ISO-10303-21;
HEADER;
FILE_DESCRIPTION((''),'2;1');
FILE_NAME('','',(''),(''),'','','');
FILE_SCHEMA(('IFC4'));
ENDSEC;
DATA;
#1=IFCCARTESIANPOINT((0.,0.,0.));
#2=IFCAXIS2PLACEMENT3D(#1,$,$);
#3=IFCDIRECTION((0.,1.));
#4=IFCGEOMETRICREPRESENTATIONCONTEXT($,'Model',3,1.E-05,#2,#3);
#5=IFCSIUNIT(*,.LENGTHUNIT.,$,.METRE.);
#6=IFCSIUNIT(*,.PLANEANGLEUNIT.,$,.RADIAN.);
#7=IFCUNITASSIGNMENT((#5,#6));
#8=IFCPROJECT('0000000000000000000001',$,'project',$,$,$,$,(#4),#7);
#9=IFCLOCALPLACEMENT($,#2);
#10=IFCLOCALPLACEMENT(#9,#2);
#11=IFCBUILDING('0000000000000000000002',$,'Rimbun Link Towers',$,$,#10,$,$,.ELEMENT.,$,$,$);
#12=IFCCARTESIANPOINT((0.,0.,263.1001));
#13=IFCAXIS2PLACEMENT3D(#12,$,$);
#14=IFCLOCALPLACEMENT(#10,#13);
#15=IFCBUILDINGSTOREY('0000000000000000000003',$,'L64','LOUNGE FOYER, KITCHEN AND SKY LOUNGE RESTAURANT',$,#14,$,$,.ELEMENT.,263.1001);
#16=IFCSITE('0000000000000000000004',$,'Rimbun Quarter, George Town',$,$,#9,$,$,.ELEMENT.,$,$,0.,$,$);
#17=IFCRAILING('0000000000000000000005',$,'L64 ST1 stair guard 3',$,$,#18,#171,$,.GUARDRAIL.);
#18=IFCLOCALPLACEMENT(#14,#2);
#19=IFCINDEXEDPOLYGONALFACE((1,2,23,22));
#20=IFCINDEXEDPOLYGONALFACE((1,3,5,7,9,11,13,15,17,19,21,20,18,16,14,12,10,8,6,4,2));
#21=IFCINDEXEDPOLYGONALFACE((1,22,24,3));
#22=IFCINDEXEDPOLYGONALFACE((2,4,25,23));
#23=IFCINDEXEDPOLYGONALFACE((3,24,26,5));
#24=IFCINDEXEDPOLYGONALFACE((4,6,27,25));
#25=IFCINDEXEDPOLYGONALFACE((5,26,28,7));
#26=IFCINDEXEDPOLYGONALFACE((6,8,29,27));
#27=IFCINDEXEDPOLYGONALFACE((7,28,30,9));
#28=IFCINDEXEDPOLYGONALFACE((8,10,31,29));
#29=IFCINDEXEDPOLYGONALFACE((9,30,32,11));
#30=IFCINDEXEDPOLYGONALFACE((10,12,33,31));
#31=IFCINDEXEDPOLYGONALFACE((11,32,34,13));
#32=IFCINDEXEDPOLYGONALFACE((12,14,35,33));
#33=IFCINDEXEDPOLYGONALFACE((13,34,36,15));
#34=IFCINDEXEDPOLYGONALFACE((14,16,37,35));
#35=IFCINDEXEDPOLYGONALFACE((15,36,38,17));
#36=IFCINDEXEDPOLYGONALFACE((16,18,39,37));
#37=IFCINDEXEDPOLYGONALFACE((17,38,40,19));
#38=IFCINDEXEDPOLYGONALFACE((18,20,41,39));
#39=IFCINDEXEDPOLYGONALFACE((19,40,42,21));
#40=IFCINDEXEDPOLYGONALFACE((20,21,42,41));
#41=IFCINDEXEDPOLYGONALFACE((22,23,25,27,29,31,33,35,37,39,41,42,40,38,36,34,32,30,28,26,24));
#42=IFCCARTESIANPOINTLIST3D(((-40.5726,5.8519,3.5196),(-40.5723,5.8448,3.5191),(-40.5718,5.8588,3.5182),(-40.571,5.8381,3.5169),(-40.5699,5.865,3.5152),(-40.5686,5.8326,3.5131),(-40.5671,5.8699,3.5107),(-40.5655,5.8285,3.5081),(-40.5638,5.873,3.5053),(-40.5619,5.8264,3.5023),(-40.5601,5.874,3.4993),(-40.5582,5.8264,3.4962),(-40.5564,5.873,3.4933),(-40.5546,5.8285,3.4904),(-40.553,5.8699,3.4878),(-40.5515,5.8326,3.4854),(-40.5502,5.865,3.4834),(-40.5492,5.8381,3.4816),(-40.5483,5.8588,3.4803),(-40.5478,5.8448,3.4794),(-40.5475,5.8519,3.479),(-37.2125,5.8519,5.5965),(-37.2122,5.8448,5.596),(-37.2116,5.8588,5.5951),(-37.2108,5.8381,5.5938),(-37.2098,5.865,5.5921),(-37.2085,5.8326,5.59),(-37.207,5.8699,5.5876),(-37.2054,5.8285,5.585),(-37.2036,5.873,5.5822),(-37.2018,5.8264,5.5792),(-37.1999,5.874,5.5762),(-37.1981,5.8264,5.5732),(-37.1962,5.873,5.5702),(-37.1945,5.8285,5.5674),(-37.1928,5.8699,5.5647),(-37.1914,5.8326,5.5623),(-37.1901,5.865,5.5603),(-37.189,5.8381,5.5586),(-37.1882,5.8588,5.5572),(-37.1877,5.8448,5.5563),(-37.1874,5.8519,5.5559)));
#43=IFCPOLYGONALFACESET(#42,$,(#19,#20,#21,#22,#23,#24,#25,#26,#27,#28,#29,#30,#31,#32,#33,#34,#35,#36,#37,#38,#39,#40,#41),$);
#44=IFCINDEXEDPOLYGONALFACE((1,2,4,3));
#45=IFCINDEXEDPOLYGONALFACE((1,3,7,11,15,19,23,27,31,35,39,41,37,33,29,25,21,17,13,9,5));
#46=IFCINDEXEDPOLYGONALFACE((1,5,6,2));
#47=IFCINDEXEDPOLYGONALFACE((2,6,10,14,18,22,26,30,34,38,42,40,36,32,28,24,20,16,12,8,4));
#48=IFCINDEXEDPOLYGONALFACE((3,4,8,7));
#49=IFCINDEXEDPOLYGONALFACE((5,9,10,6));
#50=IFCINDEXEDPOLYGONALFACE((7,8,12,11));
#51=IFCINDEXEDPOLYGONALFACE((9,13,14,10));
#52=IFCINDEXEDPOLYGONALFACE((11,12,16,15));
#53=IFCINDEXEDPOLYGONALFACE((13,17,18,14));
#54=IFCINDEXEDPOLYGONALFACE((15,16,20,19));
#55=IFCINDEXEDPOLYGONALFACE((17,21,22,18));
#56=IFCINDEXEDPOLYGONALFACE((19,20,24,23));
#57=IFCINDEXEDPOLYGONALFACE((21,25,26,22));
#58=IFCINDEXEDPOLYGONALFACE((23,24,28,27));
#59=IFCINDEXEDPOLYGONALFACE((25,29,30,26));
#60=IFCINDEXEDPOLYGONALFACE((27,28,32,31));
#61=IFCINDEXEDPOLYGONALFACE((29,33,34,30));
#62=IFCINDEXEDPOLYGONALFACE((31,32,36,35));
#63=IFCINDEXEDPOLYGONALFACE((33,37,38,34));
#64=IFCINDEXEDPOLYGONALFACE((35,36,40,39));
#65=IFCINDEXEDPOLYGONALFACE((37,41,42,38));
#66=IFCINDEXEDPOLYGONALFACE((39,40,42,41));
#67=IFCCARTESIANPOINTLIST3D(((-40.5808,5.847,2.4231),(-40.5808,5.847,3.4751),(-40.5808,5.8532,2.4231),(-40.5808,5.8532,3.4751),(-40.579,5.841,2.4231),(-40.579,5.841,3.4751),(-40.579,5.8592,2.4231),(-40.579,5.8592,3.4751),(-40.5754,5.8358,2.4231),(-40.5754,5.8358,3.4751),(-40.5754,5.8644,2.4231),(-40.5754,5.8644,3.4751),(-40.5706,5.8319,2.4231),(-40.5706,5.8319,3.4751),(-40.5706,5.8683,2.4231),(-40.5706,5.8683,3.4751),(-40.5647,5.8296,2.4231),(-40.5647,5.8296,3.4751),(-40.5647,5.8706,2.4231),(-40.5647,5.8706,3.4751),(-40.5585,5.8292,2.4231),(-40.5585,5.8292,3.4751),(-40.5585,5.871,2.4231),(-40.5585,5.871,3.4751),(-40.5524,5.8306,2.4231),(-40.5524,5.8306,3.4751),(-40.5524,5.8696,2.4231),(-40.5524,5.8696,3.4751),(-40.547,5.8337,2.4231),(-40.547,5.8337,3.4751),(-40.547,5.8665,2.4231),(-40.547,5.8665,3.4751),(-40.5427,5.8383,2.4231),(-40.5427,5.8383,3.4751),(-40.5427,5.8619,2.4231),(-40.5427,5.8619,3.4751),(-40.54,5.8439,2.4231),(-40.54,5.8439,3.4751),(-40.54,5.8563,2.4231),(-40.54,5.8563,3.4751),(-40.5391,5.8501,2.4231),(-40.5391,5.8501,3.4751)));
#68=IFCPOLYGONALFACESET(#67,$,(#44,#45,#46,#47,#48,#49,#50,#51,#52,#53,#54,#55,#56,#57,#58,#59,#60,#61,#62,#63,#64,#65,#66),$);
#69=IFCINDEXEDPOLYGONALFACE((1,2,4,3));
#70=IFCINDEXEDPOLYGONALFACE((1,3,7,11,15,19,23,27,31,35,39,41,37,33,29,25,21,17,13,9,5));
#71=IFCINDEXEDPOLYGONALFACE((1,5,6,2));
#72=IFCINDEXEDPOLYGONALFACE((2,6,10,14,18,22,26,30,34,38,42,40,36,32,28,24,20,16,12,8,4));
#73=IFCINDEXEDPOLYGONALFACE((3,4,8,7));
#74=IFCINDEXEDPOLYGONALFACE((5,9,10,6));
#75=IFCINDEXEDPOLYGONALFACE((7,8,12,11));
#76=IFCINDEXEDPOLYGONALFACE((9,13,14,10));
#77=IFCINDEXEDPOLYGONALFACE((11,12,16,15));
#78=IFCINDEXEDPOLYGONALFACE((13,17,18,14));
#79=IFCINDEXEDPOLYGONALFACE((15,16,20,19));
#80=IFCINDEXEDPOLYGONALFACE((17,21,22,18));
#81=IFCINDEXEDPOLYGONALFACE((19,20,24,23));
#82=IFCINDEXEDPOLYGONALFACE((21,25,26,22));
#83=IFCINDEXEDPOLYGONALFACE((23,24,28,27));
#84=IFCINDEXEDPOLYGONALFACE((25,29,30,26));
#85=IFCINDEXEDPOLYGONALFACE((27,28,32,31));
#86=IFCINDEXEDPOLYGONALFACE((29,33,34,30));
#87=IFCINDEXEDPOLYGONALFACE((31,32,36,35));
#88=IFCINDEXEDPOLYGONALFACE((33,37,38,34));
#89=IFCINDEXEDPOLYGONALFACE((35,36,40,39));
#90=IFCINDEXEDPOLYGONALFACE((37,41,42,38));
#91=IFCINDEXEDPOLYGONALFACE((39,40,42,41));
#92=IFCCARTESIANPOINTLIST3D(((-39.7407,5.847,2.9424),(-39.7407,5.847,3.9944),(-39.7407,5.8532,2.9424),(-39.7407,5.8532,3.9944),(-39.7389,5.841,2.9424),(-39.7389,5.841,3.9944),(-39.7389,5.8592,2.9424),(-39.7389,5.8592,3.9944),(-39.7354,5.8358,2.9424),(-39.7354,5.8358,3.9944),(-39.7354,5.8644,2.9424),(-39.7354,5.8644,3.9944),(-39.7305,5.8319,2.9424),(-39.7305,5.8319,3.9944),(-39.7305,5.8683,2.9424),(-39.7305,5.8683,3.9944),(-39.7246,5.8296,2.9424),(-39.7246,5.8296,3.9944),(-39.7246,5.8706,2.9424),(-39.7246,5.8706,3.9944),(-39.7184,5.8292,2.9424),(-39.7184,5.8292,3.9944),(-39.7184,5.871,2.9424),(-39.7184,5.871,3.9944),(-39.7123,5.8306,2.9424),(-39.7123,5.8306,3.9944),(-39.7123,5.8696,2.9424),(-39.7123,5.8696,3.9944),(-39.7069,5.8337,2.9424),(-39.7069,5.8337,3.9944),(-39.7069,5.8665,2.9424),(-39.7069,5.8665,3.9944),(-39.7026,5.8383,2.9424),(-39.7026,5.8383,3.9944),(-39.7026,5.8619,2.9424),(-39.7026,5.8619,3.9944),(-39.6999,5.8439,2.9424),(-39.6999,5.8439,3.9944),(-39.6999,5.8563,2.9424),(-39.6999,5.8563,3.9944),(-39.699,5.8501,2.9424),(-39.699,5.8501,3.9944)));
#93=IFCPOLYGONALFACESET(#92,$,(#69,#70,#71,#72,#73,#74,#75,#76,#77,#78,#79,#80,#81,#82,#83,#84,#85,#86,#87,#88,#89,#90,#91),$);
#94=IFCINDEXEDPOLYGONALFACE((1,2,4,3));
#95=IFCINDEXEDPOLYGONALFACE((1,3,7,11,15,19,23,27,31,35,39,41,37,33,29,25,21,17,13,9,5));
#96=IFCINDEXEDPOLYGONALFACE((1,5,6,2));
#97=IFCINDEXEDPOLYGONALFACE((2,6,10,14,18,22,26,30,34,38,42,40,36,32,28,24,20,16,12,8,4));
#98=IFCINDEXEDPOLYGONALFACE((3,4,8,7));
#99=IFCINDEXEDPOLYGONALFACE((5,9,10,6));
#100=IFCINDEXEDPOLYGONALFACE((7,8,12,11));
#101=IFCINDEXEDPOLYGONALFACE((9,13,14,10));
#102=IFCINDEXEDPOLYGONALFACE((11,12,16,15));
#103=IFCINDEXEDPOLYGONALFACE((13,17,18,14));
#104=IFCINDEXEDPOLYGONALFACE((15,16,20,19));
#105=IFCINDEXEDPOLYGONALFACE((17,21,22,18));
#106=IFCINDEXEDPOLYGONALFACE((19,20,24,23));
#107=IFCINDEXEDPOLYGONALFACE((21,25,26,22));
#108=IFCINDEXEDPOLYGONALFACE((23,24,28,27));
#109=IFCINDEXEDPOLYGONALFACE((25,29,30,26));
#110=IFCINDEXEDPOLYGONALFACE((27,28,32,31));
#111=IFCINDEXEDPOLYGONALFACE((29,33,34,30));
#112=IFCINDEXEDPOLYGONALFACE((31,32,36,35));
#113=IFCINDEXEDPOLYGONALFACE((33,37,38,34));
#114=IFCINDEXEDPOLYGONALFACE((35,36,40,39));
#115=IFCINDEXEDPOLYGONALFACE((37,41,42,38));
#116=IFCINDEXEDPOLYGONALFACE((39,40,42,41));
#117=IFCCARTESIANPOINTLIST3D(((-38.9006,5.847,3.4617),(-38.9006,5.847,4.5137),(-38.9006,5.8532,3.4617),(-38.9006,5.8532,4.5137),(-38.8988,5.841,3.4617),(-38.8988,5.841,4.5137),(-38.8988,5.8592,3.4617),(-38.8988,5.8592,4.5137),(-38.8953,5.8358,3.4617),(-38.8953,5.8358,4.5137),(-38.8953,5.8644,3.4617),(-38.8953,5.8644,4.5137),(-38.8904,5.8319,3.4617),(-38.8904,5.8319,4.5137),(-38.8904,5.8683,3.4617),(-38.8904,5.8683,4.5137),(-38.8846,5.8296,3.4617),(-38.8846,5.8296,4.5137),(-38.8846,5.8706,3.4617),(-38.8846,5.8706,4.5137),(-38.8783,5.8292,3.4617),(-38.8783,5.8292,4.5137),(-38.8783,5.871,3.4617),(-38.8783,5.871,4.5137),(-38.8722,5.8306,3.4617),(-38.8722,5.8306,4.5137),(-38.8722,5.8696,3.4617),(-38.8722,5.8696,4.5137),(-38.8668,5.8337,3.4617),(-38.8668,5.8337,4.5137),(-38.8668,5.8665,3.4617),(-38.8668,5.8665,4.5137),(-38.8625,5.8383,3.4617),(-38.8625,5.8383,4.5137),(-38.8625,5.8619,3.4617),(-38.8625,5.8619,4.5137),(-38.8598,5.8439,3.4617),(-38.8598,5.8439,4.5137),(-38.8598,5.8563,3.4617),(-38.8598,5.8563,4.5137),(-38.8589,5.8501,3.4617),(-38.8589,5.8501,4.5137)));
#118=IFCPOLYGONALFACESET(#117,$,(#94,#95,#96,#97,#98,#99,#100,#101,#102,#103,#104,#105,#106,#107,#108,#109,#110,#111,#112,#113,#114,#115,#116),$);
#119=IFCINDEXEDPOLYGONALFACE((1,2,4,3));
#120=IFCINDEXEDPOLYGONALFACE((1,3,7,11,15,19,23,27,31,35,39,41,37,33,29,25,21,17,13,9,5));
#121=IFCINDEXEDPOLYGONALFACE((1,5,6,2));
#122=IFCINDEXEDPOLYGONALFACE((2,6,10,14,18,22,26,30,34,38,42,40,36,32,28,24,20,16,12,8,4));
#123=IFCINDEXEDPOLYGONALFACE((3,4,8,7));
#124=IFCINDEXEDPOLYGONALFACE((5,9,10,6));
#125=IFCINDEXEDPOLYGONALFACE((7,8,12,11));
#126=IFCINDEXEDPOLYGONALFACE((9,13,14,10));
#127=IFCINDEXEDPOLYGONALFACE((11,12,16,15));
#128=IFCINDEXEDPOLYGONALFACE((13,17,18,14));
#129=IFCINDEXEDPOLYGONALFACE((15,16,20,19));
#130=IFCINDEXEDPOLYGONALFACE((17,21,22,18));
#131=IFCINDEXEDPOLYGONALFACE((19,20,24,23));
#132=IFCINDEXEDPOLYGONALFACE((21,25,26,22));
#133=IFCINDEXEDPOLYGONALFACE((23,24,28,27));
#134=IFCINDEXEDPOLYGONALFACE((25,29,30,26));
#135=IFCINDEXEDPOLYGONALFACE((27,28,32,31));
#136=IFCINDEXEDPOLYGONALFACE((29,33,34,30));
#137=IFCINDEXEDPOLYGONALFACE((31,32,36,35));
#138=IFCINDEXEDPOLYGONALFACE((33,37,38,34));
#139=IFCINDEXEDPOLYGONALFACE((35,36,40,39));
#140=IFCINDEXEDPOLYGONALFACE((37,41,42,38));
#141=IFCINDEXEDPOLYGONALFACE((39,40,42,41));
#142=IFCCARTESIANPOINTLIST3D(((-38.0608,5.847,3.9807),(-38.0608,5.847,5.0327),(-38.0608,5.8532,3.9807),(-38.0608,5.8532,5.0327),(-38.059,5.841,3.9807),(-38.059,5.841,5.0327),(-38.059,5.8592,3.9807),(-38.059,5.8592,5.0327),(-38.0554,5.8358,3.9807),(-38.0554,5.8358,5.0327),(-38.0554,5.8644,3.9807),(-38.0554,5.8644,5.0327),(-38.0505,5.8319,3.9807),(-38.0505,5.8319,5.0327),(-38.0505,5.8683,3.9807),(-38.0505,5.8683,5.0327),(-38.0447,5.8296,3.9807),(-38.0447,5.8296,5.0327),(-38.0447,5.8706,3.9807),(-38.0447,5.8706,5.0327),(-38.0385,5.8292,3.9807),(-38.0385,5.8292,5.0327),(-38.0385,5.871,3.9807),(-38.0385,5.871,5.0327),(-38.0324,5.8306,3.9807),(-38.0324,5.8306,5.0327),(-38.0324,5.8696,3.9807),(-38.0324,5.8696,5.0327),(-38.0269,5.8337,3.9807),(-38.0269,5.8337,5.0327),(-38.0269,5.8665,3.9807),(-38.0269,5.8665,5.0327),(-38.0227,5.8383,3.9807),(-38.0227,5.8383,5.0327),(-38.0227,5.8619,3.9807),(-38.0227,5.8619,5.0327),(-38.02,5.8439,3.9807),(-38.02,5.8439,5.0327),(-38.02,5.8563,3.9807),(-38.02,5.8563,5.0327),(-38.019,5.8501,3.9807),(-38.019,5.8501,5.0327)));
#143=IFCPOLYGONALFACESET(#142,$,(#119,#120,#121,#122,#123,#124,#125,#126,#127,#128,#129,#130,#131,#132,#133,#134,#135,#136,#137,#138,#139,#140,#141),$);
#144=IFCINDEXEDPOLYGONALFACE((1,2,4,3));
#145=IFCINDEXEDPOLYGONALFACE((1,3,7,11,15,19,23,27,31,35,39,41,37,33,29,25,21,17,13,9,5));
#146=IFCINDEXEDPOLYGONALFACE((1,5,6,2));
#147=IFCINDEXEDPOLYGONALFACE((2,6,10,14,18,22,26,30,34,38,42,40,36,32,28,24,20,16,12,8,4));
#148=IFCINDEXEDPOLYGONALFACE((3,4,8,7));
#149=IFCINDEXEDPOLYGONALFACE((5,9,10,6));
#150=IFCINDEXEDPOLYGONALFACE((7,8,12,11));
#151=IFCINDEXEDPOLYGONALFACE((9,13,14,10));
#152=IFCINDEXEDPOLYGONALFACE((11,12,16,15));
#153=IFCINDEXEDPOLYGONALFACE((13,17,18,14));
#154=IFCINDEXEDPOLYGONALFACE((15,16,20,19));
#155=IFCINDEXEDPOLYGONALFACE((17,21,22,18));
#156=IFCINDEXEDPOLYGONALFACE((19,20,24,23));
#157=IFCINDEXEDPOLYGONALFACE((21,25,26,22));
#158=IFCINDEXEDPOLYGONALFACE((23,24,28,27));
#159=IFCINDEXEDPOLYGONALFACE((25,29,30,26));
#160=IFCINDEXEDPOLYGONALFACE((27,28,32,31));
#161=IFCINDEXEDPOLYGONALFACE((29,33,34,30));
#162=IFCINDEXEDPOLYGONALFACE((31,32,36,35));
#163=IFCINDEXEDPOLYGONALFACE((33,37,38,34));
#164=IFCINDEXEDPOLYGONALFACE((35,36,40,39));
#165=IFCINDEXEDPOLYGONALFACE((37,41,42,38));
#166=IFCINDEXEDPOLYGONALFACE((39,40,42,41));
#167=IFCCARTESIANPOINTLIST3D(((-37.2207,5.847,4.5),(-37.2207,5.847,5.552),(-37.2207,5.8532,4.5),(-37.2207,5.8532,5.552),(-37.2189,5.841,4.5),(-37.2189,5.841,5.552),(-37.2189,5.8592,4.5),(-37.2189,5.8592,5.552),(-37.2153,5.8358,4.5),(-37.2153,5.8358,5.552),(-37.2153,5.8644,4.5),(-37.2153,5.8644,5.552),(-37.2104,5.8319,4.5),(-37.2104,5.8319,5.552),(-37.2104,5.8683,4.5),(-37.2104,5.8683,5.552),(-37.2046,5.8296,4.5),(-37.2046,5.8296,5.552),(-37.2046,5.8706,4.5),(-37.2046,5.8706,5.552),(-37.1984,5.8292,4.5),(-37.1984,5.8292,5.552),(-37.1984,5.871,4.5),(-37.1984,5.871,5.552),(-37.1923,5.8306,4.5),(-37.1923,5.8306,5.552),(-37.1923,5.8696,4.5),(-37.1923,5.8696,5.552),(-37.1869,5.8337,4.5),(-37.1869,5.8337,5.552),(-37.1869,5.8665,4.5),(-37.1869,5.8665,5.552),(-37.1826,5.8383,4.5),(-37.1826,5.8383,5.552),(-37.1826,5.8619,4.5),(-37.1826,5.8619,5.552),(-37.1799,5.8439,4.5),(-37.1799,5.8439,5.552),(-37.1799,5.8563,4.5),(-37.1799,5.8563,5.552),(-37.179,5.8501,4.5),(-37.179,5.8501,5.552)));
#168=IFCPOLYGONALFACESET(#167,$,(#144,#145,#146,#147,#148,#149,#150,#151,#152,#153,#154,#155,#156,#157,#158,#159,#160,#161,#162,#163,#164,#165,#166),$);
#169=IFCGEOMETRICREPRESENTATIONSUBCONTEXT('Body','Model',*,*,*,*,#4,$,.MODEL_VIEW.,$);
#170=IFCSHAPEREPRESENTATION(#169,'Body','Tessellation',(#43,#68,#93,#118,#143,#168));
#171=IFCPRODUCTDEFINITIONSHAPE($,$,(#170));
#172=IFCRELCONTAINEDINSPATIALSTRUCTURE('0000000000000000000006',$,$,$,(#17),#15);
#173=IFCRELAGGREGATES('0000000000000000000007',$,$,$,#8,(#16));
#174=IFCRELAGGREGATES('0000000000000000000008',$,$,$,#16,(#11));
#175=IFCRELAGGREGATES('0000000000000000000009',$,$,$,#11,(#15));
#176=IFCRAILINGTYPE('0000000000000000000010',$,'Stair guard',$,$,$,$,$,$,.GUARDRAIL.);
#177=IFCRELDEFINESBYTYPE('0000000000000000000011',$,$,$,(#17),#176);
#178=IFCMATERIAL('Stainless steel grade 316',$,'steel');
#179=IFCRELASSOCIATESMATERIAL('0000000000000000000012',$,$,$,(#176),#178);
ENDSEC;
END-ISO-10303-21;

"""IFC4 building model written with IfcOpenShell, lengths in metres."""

from ifc_helpers import new_model, si_unit, direction, frame, origin, origin_2d, place, context, subcontext, project, spatial, circle, extrude, material, type_object, element, save


model = new_model("IFC4")

# Units and contexts
model_context = context("Model", 3, precision=1e-05, world=origin(), true_north=direction((0.0, 1.0)))
body_context = subcontext(model_context, "Body", "Model", "MODEL_VIEW")
ifc_project = project(units=[si_unit("LENGTHUNIT", "METRE"), si_unit("PLANEANGLEUNIT", "RADIAN")], contexts=[model_context])

# Site, building, storey
site_placement = place(None, origin())
site = spatial("IfcSite", under=ifc_project, at=site_placement, Name="Rimbun Quarter, George Town", CompositionType="ELEMENT", RefElevation=0.0)
building_placement = place(site_placement, origin())
building = spatial("IfcBuilding", under=site, at=building_placement, Name="Rimbun Link Towers", CompositionType="ELEMENT")
storey_placement = place(building_placement, frame((0.0, 0.0, 263.1001)))
storey = spatial("IfcBuildingStorey", under=building, at=storey_placement, Name="L64", Description="LOUNGE FOYER, KITCHEN AND SKY LOUNGE RESTAURANT", CompositionType="ELEMENT", Elevation=263.1001)

# Railing
ifc_material_1 = material(Name="Stainless steel grade 316", Category="steel")
railing_type_1 = type_object("IfcRailingType", Name="Stair guard", PredefinedType="GUARDRAIL", material=ifc_material_1)
railing_1_placement = place(storey_placement, frame((-40.5601, 5.8501, 2.4231)))
element("IfcRailing", 1, at=railing_1_placement, inside=storey, type_object=railing_type_1, Name="L64 ST1 stair guard 3", PredefinedType="GUARDRAIL", context=body_context, shape_type="SweptSolid", body=[
    extrude(circle(Radius=0.0239, at=origin_2d()), frame((0.0, 0.0, 1.0762), z_axis=(0.850623, 0.0, 0.525776), x_axis=(0.0, 1.0, 0.0)), (0.0, 0.0, 1.0), 3.9502),
    extrude(circle(Radius=0.021, at=origin_2d()), origin(), (0.0, 0.0, 1.0), 1.052),
    extrude(circle(Radius=0.021, at=origin_2d()), frame((0.8401, 0.0, 0.5193)), (0.0, 0.0, 1.0), 1.052),
    extrude(circle(Radius=0.021, at=origin_2d()), frame((1.6802, 0.0, 1.0386)), (0.0, 0.0, 1.0), 1.052),
    extrude(circle(Radius=0.021, at=origin_2d()), frame((2.52, 0.0, 1.5576)), (0.0, 0.0, 1.0), 1.052),
    extrude(circle(Radius=0.021, at=origin_2d()), frame((3.3601, 0.0, 2.0769)), (0.0, 0.0, 1.0), 1.052),
])

save(model, "model.ifc")
